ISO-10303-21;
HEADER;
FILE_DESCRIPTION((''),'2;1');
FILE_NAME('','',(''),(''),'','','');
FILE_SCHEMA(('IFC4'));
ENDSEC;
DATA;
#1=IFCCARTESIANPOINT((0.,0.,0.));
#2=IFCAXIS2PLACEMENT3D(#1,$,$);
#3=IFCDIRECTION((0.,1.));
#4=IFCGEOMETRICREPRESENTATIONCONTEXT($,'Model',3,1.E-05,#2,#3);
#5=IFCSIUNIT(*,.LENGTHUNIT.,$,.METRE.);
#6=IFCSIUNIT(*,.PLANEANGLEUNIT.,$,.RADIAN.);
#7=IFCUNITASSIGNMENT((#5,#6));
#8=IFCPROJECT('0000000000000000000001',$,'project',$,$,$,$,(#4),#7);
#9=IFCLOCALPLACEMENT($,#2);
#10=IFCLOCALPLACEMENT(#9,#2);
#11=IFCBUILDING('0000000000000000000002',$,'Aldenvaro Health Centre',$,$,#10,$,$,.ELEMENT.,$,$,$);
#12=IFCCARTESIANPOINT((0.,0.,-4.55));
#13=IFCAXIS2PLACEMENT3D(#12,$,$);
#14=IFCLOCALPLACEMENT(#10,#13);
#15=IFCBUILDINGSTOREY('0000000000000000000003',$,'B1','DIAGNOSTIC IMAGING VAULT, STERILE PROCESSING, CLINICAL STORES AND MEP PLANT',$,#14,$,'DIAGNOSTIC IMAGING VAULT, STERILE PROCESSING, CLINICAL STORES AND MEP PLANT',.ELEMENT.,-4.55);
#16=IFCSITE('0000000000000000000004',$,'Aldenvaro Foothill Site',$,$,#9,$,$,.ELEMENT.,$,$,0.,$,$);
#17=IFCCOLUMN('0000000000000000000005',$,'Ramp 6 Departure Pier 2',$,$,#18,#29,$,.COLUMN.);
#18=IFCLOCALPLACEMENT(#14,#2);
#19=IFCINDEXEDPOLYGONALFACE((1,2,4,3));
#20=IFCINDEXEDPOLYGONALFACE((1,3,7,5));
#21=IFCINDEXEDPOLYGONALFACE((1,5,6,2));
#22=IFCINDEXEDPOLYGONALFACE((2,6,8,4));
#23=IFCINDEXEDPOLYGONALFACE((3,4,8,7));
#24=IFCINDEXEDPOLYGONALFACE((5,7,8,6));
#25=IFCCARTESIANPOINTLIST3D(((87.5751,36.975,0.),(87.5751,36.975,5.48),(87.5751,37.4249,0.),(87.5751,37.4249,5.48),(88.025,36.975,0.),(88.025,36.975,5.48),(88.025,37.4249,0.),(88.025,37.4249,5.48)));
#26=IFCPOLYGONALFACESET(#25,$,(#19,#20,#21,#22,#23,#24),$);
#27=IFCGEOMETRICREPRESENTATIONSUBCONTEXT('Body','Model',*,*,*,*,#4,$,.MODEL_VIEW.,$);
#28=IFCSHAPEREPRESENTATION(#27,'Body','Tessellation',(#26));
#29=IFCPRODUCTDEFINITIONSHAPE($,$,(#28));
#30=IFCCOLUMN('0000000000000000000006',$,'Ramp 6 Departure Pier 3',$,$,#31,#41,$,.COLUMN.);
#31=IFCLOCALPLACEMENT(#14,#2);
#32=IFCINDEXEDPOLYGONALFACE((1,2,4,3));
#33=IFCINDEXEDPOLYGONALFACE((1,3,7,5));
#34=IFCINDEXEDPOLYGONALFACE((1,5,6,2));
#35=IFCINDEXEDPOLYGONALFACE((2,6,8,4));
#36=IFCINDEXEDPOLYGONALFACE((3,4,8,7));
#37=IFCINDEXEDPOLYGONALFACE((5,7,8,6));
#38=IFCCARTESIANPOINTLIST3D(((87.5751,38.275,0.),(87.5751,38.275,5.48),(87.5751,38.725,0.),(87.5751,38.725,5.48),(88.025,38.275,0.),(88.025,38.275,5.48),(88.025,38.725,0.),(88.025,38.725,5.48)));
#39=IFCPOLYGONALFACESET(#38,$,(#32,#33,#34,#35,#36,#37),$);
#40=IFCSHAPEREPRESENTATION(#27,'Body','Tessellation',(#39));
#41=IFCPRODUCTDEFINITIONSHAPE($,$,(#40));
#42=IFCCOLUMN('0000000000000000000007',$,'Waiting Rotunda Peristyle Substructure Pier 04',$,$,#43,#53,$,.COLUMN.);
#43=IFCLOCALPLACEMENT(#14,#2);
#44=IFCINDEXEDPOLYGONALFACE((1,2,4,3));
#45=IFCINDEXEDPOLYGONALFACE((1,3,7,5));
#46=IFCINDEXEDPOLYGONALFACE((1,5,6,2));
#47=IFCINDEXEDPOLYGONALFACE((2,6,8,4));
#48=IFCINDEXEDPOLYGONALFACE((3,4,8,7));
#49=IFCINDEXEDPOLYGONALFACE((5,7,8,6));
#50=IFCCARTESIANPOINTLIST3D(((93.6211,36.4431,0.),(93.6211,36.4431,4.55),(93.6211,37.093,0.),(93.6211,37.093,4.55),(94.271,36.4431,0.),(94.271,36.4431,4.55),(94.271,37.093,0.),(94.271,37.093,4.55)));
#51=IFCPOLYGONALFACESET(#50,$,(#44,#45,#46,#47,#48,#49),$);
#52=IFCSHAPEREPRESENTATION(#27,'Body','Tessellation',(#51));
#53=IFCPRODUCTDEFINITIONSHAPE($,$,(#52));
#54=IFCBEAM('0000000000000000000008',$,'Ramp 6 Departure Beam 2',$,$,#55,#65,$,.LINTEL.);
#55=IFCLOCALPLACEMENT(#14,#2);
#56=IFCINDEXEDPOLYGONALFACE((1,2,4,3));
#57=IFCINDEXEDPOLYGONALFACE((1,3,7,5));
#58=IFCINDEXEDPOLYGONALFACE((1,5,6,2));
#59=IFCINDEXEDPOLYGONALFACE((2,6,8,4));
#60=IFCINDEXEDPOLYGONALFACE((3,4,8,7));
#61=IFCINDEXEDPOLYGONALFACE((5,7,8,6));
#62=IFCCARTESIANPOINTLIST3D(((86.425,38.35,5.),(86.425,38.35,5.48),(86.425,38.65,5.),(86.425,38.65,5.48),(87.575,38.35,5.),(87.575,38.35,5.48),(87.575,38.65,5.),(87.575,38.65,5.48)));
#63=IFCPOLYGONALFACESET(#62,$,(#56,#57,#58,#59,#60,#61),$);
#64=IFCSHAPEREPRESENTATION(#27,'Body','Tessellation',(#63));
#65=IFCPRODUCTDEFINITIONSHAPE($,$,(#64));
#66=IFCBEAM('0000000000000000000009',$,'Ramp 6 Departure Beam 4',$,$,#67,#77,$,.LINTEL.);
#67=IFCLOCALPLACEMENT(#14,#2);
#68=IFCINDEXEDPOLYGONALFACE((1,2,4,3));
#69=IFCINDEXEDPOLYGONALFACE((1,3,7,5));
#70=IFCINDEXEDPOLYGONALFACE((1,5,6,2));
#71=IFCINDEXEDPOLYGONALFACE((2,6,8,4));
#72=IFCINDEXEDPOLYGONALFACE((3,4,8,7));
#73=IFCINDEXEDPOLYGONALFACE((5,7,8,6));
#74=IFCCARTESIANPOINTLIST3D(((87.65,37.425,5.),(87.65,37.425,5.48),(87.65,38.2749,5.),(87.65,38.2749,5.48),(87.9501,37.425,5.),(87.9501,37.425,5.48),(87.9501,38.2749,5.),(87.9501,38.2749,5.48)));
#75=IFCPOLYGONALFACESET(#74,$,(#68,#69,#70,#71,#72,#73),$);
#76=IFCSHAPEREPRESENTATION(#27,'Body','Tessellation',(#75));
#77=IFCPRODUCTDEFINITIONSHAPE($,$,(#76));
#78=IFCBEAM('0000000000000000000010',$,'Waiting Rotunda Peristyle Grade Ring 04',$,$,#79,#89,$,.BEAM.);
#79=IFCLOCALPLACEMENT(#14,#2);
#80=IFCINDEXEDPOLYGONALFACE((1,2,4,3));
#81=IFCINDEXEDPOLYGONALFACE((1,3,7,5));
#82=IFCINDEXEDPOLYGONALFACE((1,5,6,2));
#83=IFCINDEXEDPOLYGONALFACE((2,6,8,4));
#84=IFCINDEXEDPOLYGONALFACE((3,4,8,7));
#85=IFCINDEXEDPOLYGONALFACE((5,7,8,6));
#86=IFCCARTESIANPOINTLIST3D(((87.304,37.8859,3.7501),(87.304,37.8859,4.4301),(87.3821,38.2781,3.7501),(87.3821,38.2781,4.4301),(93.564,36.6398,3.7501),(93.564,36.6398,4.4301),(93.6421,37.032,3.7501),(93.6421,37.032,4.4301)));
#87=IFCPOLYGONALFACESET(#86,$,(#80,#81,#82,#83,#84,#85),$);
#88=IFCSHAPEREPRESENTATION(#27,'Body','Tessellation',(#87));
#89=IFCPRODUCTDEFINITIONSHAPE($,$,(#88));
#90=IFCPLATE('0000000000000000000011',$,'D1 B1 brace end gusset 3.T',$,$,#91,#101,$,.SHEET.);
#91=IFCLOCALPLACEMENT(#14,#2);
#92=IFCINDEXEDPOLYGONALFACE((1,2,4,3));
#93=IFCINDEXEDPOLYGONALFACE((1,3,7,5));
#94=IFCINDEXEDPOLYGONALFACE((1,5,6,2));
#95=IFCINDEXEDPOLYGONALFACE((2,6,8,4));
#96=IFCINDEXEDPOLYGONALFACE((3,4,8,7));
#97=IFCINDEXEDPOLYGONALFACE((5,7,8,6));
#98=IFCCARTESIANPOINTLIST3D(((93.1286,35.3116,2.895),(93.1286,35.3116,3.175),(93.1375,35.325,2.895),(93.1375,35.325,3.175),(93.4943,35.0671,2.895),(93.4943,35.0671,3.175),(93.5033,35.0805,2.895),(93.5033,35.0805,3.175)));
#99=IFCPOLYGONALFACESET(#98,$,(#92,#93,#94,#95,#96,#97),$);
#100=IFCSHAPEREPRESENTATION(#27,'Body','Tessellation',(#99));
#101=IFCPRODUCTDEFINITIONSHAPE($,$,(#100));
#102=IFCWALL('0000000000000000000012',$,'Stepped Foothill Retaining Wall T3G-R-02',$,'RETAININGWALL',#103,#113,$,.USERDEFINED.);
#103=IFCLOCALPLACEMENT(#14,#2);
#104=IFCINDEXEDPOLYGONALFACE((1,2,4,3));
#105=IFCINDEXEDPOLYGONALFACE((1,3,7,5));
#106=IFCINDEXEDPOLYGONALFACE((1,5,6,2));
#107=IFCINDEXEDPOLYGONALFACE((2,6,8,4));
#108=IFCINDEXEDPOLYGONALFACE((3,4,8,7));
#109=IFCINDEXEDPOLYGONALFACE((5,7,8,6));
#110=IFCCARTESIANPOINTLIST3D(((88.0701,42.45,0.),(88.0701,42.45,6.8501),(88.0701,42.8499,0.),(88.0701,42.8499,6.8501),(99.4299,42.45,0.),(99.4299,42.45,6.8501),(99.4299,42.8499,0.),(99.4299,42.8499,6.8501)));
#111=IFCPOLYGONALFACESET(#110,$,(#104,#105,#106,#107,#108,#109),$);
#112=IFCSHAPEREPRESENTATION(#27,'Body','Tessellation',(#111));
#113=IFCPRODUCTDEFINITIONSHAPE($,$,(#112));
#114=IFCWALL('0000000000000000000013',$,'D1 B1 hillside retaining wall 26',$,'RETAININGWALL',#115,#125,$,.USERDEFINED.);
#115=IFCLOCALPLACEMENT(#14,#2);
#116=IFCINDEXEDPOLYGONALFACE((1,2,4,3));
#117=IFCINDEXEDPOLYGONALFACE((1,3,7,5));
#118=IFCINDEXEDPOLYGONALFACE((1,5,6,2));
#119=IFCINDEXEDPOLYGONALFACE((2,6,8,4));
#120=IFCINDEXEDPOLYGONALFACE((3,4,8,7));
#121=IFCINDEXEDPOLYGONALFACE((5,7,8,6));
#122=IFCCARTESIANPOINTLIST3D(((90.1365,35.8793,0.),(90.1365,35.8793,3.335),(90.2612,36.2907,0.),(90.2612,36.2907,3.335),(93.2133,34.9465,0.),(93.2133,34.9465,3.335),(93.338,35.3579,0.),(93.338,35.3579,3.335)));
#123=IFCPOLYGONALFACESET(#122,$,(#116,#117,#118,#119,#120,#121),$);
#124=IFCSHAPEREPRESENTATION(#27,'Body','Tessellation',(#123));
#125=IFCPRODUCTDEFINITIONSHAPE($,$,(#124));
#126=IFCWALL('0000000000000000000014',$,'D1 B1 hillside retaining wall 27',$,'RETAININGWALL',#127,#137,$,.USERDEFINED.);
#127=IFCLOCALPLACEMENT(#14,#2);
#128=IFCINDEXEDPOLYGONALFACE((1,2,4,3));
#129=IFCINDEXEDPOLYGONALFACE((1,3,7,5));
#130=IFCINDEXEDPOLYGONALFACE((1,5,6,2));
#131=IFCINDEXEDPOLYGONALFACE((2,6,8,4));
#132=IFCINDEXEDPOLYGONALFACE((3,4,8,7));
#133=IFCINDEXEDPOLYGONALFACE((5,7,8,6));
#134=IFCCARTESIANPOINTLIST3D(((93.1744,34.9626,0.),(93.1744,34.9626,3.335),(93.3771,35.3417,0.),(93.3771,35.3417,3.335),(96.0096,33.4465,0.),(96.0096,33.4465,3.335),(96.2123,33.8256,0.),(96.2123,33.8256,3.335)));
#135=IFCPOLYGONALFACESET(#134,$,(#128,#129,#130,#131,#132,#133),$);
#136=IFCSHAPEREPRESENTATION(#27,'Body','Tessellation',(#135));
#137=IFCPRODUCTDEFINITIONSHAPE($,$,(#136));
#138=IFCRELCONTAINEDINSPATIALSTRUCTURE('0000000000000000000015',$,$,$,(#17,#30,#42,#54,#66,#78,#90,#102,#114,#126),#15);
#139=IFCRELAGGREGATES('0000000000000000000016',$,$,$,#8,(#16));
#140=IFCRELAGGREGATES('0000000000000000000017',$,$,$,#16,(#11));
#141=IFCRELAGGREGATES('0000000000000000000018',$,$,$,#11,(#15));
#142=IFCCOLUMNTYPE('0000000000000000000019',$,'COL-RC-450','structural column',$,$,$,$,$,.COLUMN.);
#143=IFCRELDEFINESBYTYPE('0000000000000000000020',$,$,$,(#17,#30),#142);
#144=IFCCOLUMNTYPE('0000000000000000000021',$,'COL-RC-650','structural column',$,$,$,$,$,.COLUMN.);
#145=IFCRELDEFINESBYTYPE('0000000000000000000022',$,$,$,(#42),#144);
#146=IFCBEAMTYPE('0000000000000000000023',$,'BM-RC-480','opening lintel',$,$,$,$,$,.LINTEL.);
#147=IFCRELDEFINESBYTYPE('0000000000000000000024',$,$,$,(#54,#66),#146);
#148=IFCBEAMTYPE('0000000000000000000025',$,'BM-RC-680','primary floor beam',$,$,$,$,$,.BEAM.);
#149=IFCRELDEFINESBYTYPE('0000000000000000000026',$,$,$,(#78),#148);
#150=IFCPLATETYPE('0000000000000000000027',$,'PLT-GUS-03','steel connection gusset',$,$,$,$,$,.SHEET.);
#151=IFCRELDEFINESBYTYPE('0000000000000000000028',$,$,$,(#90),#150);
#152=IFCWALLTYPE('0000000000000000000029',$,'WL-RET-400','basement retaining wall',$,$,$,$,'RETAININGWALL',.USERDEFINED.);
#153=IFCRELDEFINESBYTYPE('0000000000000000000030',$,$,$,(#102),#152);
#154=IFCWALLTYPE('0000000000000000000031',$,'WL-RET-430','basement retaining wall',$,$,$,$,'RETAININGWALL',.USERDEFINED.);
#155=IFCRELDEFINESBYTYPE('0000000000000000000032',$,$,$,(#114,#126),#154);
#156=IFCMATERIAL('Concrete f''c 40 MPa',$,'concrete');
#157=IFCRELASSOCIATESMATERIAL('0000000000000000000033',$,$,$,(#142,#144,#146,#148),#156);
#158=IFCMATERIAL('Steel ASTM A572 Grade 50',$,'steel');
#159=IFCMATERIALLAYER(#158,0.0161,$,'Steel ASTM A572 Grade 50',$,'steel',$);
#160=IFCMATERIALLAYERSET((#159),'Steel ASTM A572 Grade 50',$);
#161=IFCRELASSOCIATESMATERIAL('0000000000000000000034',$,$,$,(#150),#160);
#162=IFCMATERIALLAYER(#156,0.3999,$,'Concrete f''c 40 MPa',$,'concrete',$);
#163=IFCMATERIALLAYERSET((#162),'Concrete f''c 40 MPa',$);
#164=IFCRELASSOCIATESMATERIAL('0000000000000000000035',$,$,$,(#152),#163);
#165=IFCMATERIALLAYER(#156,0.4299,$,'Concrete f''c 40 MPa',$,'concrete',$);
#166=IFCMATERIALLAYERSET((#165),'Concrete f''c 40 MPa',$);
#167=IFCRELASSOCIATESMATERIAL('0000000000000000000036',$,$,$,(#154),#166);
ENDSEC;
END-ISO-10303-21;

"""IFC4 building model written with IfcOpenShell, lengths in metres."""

from ifc_helpers import new_model, si_unit, direction, frame, frame_2d, origin, origin_2d, place, context, subcontext, project, spatial, rectangle, extrude, material, layer, layer_set, material_profile, profile_set, type_object, element, save


model = new_model("IFC4")

# Units and contexts
model_context = context("Model", 3, precision=1e-05, world=origin(), true_north=direction((0.0, 1.0)))
body_context = subcontext(model_context, "Body", "Model", "MODEL_VIEW")
ifc_project = project(units=[si_unit("LENGTHUNIT", "METRE"), si_unit("PLANEANGLEUNIT", "RADIAN")], contexts=[model_context])

# Site, building, storey
site_placement = place(None, origin())
site = spatial("IfcSite", under=ifc_project, at=site_placement, Name="Aldenvaro Foothill Site", CompositionType="ELEMENT", RefElevation=0.0)
building_placement = place(site_placement, origin())
building = spatial("IfcBuilding", under=site, at=building_placement, Name="Aldenvaro Health Centre", CompositionType="ELEMENT")
storey_placement = place(building_placement, frame((0.0, 0.0, -4.55)))
storey = spatial("IfcBuildingStorey", under=building, at=storey_placement, Name="B1", Description="DIAGNOSTIC IMAGING VAULT, STERILE PROCESSING, CLINICAL STORES AND MEP PLANT", LongName="DIAGNOSTIC IMAGING VAULT, STERILE PROCESSING, CLINICAL STORES AND MEP PLANT", CompositionType="ELEMENT", Elevation=-4.55)

# Shared definitions
ifc_material_1 = material(Name="Concrete f'c 40 MPa", Category="concrete")

# Columns
ifc_material_profile_1 = material_profile(ifc_material_1, rectangle(XDim=0.45, YDim=0.45, at=origin_2d()), Name="RC 450x450", Category="concrete")
ifc_profile_set_1 = profile_set([ifc_material_profile_1], Name="Concrete f'c 40 MPa")
column_type_1 = type_object("IfcColumnType", Name="COL-RC-450", Description="structural column", PredefinedType="COLUMN", material=ifc_profile_set_1)
for number, where, z_axis, x_axis, name in (
    (1, (87.8, 37.2, 0.0), (0.0, 0.0, 1.0), (1.0, 0.0, 0.0), "Ramp 6 Departure Pier 2"),
    (2, (87.8, 38.5, 0.0), (0.0, 0.0, 1.0), (1.0, 0.0, 0.0), "Ramp 6 Departure Pier 3"),
):
    element("IfcColumn", number, at=place(storey_placement, frame(where, z_axis=z_axis, x_axis=x_axis)), inside=storey, type_object=column_type_1, Name=name, PredefinedType="COLUMN", context=body_context, shape_type="SweptSolid", body=[
        extrude(rectangle(XDim=0.45, YDim=0.45, at=origin_2d()), origin(), (0.0, 0.0, 1.0), 5.48),
    ])
ifc_material_profile_2 = material_profile(ifc_material_1, rectangle(XDim=0.6499, YDim=0.6499, at=origin_2d()), Name="RC 650x650", Category="concrete")
ifc_profile_set_2 = profile_set([ifc_material_profile_2], Name="Concrete f'c 40 MPa")
column_type_2 = type_object("IfcColumnType", Name="COL-RC-650", Description="structural column", PredefinedType="COLUMN", material=ifc_profile_set_2)
column_placement = place(storey_placement, frame((93.946, 36.7681, 0.0), z_axis=(0.0, 0.0, 1.0), x_axis=(1.0, 0.0, 0.0)))
element("IfcColumn", 3, at=column_placement, inside=storey, type_object=column_type_2, Name="Waiting Rotunda Peristyle Substructure Pier 04", PredefinedType="COLUMN", context=body_context, shape_type="SweptSolid", body=[
    extrude(rectangle(XDim=0.6499, YDim=0.6499, at=origin_2d()), origin(), (0.0, 0.0, 1.0), 4.55),
])

# Beams
ifc_material_profile_3 = material_profile(ifc_material_1, rectangle(XDim=0.3, YDim=0.48, at=origin_2d()), Name="RC 300x480", Category="concrete")
ifc_profile_set_3 = profile_set([ifc_material_profile_3], Name="Concrete f'c 40 MPa")
beam_type_1 = type_object("IfcBeamType", Name="BM-RC-480", Description="opening lintel", PredefinedType="LINTEL", material=ifc_profile_set_3)
beam_1_placement = place(storey_placement, frame((87.575, 38.5, 5.24), z_axis=(-1.0, 0.0, 0.0), x_axis=(0.0, -1.0, 0.0)))
element("IfcBeam", 4, at=beam_1_placement, inside=storey, type_object=beam_type_1, Name="Ramp 6 Departure Beam 2", PredefinedType="LINTEL", context=body_context, shape_type="SweptSolid", body=[
    extrude(rectangle(XDim=0.3, YDim=0.48, at=origin_2d()), origin(), (0.0, 0.0, 1.0), 1.1499),
])
beam_2_placement = place(storey_placement, frame((87.8, 37.425, 5.24), z_axis=(0.0, 1.0, 0.0), x_axis=(-1.0, 0.0, 0.0)))
element("IfcBeam", 5, at=beam_2_placement, inside=storey, type_object=beam_type_1, Name="Ramp 6 Departure Beam 4", PredefinedType="LINTEL", context=body_context, shape_type="SweptSolid", body=[
    extrude(rectangle(XDim=0.3, YDim=0.48, at=origin_2d()), origin(), (0.0, 0.0, 1.0), 0.8499),
])
ifc_material_profile_4 = material_profile(ifc_material_1, rectangle(XDim=0.3999, YDim=0.6799, at=origin_2d()), Name="RC 400x680", Category="concrete")
ifc_profile_set_4 = profile_set([ifc_material_profile_4], Name="Concrete f'c 40 MPa")
beam_type_2 = type_object("IfcBeamType", Name="BM-RC-680", Description="primary floor beam", PredefinedType="BEAM", material=ifc_profile_set_4)
beam_3_placement = place(storey_placement, frame((93.603, 36.8359, 4.0901), z_axis=(-0.980758, 0.195226, 0.0), x_axis=(-0.195226, -0.980758, 0.0)))
element("IfcBeam", 6, at=beam_3_placement, inside=storey, type_object=beam_type_2, Name="Waiting Rotunda Peristyle Grade Ring 04", PredefinedType="BEAM", context=body_context, shape_type="SweptSolid", body=[
    extrude(rectangle(XDim=0.3999, YDim=0.6799, at=origin_2d()), origin(), (0.0, 0.0, 1.0), 6.3828),
])

# Plate
ifc_material_2 = material(Name="Steel ASTM A572 Grade 50", Category="steel")
ifc_layer_1 = layer(ifc_material_2, 0.0161, Name="Steel ASTM A572 Grade 50", Category="steel")
ifc_layer_set_1 = layer_set([ifc_layer_1], Name="Steel ASTM A572 Grade 50")
plate_type = type_object("IfcPlateType", Name="PLT-GUS-03", Description="steel connection gusset", PredefinedType="SHEET", material=ifc_layer_set_1)
plate_placement = place(storey_placement, frame((93.3159, 35.196, 2.895), z_axis=(0.0, 0.0, 1.0), x_axis=(-0.831421, 0.555643, 0.0)))
element("IfcPlate", 7, at=plate_placement, inside=storey, type_object=plate_type, Name="D1 B1 brace end gusset 3.T", PredefinedType="SHEET", context=body_context, shape_type="SweptSolid", body=[
    extrude(rectangle(XDim=0.4399, YDim=0.0161, at=origin_2d()), origin(), (0.0, 0.0, 1.0), 0.28),
])

# Walls
ifc_layer_2 = layer(ifc_material_1, 0.3999, Name="Concrete f'c 40 MPa", Category="concrete")
ifc_layer_set_2 = layer_set([ifc_layer_2], Name="Concrete f'c 40 MPa")
wall_type_1 = type_object("IfcWallType", Name="WL-RET-400", Description="basement retaining wall", ElementType="RETAININGWALL", PredefinedType="USERDEFINED", material=ifc_layer_set_2)
wall_placement = place(storey_placement, frame((88.0701, 42.6499, 0.0), z_axis=(0.0, 0.0, 1.0), x_axis=(1.0, 0.0, 0.0)))
element("IfcWall", 8, at=wall_placement, inside=storey, type_object=wall_type_1, Name="Stepped Foothill Retaining Wall T3G-R-02", ObjectType="RETAININGWALL", PredefinedType="USERDEFINED", context=body_context, shape_type="SweptSolid", body=[
    extrude(rectangle(XDim=11.3599, YDim=0.3999, at=frame_2d((5.6799, 0.0))), origin(), (0.0, 0.0, 1.0), 6.8501),
])
ifc_layer_3 = layer(ifc_material_1, 0.4299, Name="Concrete f'c 40 MPa", Category="concrete")
ifc_layer_set_3 = layer_set([ifc_layer_3], Name="Concrete f'c 40 MPa")
wall_type_2 = type_object("IfcWallType", Name="WL-RET-430", Description="basement retaining wall", ElementType="RETAININGWALL", PredefinedType="USERDEFINED", material=ifc_layer_set_3)
for number, where, z_axis, x_axis, name in (
    (9, (90.199, 36.085, 0.0), (0.0, 0.0, 1.0), (0.956984, -0.29014, 0.0), "D1 B1 hillside retaining wall 26"),
    (10, (93.2759, 35.1521, 0.0), (0.0, 0.0, 1.0), (0.881835, -0.471558, 0.0), "D1 B1 hillside retaining wall 27"),
):
    element("IfcWall", number, at=place(storey_placement, frame(where, z_axis=z_axis, x_axis=x_axis)), inside=storey, type_object=wall_type_2, Name=name, ObjectType="RETAININGWALL", PredefinedType="USERDEFINED", context=body_context, shape_type="SweptSolid", body=[
        extrude(rectangle(XDim=3.2151, YDim=0.4299, at=frame_2d((1.6074, 0.0))), origin(), (0.0, 0.0, 1.0), 3.335),
    ])

save(model, "model.ifc")
